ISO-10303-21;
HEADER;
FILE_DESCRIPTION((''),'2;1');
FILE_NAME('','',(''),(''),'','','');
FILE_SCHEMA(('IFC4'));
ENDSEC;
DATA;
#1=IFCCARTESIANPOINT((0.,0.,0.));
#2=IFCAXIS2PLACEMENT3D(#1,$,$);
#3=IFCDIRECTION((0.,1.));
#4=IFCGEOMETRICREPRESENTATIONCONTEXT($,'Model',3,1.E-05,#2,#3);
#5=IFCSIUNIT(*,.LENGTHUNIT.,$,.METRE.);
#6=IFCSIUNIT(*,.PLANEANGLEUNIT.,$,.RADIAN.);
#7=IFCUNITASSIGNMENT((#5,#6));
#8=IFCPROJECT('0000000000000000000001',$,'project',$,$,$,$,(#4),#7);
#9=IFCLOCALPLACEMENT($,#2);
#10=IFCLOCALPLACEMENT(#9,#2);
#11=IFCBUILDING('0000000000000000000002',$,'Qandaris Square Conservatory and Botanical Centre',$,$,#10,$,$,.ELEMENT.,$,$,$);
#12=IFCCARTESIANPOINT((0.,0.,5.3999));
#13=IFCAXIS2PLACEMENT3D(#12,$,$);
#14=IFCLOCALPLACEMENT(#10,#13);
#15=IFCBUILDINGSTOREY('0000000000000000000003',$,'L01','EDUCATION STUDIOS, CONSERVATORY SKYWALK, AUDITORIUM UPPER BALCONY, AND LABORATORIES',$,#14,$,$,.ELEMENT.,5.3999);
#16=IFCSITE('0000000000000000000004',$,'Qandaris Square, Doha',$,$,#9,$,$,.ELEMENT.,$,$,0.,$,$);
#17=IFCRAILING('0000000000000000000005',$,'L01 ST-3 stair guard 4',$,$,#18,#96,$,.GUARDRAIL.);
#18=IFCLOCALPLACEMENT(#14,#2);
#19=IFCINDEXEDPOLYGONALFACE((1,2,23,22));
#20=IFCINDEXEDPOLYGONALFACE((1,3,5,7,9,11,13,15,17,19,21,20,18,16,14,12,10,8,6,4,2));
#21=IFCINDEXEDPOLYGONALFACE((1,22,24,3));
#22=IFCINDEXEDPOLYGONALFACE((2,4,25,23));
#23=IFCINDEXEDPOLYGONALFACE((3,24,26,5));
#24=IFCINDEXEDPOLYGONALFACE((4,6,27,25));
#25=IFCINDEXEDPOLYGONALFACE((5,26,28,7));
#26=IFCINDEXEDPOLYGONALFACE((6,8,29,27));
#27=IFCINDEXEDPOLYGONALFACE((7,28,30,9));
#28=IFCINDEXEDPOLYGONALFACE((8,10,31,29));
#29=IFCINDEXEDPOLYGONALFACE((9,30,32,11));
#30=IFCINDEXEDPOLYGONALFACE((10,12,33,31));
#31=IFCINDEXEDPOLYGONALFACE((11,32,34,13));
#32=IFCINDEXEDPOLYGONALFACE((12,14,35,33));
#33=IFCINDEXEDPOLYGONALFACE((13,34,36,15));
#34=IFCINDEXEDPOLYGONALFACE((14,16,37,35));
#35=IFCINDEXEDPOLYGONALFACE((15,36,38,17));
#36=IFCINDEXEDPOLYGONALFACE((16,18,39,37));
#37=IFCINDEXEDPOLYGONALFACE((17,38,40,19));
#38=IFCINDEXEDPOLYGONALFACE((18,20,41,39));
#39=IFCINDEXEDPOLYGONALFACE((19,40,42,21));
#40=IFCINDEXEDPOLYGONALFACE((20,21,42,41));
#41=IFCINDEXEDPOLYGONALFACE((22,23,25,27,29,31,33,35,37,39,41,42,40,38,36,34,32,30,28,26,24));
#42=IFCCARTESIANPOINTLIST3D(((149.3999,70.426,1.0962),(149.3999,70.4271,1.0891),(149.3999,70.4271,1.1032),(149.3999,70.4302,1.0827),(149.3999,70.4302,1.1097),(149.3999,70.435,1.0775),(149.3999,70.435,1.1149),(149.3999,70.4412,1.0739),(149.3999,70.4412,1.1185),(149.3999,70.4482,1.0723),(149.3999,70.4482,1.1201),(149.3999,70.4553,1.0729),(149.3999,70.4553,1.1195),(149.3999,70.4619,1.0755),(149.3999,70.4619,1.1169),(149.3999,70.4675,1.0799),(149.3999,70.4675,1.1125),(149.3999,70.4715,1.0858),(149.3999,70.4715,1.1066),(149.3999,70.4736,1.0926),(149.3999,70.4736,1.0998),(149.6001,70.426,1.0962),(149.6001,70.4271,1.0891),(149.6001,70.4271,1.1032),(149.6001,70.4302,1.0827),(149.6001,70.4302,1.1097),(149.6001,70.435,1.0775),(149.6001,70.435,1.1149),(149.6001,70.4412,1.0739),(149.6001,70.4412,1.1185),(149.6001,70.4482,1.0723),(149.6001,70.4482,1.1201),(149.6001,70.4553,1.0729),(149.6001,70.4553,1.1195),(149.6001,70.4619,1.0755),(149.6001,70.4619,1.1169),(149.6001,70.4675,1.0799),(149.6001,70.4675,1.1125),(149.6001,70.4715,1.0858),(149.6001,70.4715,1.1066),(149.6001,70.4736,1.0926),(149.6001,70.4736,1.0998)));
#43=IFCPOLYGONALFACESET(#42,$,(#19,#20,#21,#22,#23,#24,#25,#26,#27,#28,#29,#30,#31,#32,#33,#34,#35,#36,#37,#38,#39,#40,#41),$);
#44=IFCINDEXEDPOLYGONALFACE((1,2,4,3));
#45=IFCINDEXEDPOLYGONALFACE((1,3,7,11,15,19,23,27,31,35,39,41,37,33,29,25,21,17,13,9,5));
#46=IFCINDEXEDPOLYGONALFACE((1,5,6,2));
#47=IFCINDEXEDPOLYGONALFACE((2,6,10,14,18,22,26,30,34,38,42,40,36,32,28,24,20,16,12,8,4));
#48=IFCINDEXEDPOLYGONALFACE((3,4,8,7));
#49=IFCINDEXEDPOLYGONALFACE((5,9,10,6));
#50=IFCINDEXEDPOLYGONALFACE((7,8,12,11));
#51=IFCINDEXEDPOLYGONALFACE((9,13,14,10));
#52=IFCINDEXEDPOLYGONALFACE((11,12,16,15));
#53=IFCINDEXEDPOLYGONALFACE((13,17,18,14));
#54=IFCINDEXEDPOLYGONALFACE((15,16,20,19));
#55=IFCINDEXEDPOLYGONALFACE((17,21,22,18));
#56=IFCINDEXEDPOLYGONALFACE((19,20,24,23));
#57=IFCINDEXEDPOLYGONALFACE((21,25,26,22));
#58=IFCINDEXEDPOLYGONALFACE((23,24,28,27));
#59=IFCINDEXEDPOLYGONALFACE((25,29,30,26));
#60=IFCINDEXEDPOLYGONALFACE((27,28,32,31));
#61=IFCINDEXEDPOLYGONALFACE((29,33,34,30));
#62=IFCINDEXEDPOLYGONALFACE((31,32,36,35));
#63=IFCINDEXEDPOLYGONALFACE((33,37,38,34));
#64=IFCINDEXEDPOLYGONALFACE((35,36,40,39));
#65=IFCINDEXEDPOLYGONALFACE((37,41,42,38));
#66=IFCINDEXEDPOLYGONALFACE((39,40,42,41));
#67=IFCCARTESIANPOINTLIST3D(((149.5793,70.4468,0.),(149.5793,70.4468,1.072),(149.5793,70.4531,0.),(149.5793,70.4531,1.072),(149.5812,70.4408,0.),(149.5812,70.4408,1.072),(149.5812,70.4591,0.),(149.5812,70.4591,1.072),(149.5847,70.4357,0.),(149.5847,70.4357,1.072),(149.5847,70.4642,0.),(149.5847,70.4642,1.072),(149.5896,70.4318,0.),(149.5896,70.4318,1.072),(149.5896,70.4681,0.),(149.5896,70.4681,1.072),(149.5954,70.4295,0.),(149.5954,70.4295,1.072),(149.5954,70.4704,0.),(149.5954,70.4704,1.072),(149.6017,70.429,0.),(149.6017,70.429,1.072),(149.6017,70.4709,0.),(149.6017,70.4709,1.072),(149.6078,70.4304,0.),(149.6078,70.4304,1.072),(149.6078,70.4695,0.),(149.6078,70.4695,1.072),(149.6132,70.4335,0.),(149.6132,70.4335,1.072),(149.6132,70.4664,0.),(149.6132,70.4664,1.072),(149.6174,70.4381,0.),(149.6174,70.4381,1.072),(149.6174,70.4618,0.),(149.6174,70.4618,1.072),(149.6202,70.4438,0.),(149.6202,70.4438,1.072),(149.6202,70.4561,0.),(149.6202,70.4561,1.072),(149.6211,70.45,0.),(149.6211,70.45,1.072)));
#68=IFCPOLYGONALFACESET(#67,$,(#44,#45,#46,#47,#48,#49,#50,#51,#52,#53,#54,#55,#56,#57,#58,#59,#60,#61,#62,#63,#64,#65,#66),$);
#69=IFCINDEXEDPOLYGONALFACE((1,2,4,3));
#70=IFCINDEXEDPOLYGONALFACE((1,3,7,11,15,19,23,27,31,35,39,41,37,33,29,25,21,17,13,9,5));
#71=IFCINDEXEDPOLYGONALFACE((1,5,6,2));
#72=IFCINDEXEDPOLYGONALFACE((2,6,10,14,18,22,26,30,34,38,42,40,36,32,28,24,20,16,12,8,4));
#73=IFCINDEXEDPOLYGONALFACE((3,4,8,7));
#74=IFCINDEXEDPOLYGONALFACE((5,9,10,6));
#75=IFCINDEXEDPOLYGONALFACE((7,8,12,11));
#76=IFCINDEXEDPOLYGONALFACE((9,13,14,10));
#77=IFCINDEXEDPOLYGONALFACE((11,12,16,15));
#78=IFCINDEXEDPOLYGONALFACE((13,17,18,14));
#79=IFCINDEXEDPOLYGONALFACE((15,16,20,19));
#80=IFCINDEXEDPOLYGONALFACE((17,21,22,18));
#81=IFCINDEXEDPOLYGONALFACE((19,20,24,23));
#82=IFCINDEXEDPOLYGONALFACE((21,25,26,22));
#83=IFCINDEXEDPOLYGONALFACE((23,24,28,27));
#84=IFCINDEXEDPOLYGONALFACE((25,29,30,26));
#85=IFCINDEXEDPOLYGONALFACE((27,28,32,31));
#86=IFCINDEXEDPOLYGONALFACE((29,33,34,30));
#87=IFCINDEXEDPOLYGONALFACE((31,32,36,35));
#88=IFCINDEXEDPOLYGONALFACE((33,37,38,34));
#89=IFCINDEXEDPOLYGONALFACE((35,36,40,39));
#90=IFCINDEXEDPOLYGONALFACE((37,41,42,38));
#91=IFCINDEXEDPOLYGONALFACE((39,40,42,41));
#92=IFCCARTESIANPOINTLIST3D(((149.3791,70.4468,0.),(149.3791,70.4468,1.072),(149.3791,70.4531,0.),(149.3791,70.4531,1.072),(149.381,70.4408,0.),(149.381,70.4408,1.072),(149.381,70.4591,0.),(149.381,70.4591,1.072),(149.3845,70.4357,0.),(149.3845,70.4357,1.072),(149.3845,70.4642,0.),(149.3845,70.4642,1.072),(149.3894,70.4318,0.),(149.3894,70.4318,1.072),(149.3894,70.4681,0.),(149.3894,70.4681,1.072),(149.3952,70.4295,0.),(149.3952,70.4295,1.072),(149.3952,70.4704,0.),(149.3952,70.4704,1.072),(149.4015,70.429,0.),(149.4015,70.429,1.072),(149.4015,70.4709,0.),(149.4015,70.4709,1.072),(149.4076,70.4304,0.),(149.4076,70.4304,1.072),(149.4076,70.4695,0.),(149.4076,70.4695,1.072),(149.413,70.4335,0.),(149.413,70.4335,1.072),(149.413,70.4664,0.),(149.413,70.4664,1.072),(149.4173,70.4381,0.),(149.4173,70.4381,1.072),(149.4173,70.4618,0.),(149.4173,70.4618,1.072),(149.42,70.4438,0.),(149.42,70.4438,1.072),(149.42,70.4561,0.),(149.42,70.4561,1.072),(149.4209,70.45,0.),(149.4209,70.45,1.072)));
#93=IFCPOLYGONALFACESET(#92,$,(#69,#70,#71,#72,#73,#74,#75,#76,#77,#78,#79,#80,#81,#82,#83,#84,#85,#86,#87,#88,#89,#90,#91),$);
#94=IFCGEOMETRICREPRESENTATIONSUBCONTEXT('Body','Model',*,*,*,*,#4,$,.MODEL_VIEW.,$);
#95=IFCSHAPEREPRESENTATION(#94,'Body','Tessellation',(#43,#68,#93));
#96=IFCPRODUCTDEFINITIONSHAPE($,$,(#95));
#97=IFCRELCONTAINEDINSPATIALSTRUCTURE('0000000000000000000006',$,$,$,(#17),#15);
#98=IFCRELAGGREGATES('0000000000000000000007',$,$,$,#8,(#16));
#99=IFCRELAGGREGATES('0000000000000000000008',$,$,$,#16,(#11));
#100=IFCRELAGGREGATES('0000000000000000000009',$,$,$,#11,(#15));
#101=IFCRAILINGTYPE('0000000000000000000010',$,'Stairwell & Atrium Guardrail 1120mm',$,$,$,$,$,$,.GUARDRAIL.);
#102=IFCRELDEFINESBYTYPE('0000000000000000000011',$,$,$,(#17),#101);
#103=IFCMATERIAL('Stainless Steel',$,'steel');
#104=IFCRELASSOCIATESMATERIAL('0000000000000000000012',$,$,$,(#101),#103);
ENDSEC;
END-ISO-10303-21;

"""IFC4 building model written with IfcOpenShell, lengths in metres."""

from ifc_helpers import new_model, si_unit, direction, frame, origin, origin_2d, place, context, subcontext, project, spatial, circle, extrude, material, type_object, element, save


model = new_model("IFC4")

# Units and contexts
model_context = context("Model", 3, precision=1e-05, world=origin(), true_north=direction((0.0, 1.0)))
body_context = subcontext(model_context, "Body", "Model", "MODEL_VIEW")
ifc_project = project(units=[si_unit("LENGTHUNIT", "METRE"), si_unit("PLANEANGLEUNIT", "RADIAN")], contexts=[model_context])

# Site, building, storey
site_placement = place(None, origin())
site = spatial("IfcSite", under=ifc_project, at=site_placement, Name="Qandaris Square, Doha", CompositionType="ELEMENT", RefElevation=0.0)
building_placement = place(site_placement, origin())
building = spatial("IfcBuilding", under=site, at=building_placement, Name="Qandaris Square Conservatory and Botanical Centre", CompositionType="ELEMENT")
storey_placement = place(building_placement, frame((0.0, 0.0, 5.3999)))
storey = spatial("IfcBuildingStorey", under=building, at=storey_placement, Name="L01", Description="EDUCATION STUDIOS, CONSERVATORY SKYWALK, AUDITORIUM UPPER BALCONY, AND LABORATORIES", CompositionType="ELEMENT", Elevation=5.3999)

# Railing
ifc_material_1 = material(Name="Stainless Steel", Category="steel")
railing_type_1 = type_object("IfcRailingType", Name="Stairwell & Atrium Guardrail 1120mm", PredefinedType="GUARDRAIL", material=ifc_material_1)
railing_1_placement = place(storey_placement, frame((149.6001, 70.45, 0.0)))
element("IfcRailing", 1, at=railing_1_placement, inside=storey, type_object=railing_type_1, Name="L01 ST-3 stair guard 4", PredefinedType="GUARDRAIL", context=body_context, shape_type="SweptSolid", body=[
    extrude(circle(Radius=0.0239, at=origin_2d()), frame((0.0, 0.0, 1.0962), z_axis=(-1.0, 0.0, 0.0), x_axis=(0.0, -1.0, 0.0)), (0.0, 0.0, 1.0), 0.2002),
    extrude(circle(Radius=0.021, at=origin_2d()), origin(), (0.0, 0.0, 1.0), 1.072),
    extrude(circle(Radius=0.021, at=origin_2d()), frame((-0.2002, 0.0, 0.0)), (0.0, 0.0, 1.0), 1.072),
])

save(model, "model.ifc")
